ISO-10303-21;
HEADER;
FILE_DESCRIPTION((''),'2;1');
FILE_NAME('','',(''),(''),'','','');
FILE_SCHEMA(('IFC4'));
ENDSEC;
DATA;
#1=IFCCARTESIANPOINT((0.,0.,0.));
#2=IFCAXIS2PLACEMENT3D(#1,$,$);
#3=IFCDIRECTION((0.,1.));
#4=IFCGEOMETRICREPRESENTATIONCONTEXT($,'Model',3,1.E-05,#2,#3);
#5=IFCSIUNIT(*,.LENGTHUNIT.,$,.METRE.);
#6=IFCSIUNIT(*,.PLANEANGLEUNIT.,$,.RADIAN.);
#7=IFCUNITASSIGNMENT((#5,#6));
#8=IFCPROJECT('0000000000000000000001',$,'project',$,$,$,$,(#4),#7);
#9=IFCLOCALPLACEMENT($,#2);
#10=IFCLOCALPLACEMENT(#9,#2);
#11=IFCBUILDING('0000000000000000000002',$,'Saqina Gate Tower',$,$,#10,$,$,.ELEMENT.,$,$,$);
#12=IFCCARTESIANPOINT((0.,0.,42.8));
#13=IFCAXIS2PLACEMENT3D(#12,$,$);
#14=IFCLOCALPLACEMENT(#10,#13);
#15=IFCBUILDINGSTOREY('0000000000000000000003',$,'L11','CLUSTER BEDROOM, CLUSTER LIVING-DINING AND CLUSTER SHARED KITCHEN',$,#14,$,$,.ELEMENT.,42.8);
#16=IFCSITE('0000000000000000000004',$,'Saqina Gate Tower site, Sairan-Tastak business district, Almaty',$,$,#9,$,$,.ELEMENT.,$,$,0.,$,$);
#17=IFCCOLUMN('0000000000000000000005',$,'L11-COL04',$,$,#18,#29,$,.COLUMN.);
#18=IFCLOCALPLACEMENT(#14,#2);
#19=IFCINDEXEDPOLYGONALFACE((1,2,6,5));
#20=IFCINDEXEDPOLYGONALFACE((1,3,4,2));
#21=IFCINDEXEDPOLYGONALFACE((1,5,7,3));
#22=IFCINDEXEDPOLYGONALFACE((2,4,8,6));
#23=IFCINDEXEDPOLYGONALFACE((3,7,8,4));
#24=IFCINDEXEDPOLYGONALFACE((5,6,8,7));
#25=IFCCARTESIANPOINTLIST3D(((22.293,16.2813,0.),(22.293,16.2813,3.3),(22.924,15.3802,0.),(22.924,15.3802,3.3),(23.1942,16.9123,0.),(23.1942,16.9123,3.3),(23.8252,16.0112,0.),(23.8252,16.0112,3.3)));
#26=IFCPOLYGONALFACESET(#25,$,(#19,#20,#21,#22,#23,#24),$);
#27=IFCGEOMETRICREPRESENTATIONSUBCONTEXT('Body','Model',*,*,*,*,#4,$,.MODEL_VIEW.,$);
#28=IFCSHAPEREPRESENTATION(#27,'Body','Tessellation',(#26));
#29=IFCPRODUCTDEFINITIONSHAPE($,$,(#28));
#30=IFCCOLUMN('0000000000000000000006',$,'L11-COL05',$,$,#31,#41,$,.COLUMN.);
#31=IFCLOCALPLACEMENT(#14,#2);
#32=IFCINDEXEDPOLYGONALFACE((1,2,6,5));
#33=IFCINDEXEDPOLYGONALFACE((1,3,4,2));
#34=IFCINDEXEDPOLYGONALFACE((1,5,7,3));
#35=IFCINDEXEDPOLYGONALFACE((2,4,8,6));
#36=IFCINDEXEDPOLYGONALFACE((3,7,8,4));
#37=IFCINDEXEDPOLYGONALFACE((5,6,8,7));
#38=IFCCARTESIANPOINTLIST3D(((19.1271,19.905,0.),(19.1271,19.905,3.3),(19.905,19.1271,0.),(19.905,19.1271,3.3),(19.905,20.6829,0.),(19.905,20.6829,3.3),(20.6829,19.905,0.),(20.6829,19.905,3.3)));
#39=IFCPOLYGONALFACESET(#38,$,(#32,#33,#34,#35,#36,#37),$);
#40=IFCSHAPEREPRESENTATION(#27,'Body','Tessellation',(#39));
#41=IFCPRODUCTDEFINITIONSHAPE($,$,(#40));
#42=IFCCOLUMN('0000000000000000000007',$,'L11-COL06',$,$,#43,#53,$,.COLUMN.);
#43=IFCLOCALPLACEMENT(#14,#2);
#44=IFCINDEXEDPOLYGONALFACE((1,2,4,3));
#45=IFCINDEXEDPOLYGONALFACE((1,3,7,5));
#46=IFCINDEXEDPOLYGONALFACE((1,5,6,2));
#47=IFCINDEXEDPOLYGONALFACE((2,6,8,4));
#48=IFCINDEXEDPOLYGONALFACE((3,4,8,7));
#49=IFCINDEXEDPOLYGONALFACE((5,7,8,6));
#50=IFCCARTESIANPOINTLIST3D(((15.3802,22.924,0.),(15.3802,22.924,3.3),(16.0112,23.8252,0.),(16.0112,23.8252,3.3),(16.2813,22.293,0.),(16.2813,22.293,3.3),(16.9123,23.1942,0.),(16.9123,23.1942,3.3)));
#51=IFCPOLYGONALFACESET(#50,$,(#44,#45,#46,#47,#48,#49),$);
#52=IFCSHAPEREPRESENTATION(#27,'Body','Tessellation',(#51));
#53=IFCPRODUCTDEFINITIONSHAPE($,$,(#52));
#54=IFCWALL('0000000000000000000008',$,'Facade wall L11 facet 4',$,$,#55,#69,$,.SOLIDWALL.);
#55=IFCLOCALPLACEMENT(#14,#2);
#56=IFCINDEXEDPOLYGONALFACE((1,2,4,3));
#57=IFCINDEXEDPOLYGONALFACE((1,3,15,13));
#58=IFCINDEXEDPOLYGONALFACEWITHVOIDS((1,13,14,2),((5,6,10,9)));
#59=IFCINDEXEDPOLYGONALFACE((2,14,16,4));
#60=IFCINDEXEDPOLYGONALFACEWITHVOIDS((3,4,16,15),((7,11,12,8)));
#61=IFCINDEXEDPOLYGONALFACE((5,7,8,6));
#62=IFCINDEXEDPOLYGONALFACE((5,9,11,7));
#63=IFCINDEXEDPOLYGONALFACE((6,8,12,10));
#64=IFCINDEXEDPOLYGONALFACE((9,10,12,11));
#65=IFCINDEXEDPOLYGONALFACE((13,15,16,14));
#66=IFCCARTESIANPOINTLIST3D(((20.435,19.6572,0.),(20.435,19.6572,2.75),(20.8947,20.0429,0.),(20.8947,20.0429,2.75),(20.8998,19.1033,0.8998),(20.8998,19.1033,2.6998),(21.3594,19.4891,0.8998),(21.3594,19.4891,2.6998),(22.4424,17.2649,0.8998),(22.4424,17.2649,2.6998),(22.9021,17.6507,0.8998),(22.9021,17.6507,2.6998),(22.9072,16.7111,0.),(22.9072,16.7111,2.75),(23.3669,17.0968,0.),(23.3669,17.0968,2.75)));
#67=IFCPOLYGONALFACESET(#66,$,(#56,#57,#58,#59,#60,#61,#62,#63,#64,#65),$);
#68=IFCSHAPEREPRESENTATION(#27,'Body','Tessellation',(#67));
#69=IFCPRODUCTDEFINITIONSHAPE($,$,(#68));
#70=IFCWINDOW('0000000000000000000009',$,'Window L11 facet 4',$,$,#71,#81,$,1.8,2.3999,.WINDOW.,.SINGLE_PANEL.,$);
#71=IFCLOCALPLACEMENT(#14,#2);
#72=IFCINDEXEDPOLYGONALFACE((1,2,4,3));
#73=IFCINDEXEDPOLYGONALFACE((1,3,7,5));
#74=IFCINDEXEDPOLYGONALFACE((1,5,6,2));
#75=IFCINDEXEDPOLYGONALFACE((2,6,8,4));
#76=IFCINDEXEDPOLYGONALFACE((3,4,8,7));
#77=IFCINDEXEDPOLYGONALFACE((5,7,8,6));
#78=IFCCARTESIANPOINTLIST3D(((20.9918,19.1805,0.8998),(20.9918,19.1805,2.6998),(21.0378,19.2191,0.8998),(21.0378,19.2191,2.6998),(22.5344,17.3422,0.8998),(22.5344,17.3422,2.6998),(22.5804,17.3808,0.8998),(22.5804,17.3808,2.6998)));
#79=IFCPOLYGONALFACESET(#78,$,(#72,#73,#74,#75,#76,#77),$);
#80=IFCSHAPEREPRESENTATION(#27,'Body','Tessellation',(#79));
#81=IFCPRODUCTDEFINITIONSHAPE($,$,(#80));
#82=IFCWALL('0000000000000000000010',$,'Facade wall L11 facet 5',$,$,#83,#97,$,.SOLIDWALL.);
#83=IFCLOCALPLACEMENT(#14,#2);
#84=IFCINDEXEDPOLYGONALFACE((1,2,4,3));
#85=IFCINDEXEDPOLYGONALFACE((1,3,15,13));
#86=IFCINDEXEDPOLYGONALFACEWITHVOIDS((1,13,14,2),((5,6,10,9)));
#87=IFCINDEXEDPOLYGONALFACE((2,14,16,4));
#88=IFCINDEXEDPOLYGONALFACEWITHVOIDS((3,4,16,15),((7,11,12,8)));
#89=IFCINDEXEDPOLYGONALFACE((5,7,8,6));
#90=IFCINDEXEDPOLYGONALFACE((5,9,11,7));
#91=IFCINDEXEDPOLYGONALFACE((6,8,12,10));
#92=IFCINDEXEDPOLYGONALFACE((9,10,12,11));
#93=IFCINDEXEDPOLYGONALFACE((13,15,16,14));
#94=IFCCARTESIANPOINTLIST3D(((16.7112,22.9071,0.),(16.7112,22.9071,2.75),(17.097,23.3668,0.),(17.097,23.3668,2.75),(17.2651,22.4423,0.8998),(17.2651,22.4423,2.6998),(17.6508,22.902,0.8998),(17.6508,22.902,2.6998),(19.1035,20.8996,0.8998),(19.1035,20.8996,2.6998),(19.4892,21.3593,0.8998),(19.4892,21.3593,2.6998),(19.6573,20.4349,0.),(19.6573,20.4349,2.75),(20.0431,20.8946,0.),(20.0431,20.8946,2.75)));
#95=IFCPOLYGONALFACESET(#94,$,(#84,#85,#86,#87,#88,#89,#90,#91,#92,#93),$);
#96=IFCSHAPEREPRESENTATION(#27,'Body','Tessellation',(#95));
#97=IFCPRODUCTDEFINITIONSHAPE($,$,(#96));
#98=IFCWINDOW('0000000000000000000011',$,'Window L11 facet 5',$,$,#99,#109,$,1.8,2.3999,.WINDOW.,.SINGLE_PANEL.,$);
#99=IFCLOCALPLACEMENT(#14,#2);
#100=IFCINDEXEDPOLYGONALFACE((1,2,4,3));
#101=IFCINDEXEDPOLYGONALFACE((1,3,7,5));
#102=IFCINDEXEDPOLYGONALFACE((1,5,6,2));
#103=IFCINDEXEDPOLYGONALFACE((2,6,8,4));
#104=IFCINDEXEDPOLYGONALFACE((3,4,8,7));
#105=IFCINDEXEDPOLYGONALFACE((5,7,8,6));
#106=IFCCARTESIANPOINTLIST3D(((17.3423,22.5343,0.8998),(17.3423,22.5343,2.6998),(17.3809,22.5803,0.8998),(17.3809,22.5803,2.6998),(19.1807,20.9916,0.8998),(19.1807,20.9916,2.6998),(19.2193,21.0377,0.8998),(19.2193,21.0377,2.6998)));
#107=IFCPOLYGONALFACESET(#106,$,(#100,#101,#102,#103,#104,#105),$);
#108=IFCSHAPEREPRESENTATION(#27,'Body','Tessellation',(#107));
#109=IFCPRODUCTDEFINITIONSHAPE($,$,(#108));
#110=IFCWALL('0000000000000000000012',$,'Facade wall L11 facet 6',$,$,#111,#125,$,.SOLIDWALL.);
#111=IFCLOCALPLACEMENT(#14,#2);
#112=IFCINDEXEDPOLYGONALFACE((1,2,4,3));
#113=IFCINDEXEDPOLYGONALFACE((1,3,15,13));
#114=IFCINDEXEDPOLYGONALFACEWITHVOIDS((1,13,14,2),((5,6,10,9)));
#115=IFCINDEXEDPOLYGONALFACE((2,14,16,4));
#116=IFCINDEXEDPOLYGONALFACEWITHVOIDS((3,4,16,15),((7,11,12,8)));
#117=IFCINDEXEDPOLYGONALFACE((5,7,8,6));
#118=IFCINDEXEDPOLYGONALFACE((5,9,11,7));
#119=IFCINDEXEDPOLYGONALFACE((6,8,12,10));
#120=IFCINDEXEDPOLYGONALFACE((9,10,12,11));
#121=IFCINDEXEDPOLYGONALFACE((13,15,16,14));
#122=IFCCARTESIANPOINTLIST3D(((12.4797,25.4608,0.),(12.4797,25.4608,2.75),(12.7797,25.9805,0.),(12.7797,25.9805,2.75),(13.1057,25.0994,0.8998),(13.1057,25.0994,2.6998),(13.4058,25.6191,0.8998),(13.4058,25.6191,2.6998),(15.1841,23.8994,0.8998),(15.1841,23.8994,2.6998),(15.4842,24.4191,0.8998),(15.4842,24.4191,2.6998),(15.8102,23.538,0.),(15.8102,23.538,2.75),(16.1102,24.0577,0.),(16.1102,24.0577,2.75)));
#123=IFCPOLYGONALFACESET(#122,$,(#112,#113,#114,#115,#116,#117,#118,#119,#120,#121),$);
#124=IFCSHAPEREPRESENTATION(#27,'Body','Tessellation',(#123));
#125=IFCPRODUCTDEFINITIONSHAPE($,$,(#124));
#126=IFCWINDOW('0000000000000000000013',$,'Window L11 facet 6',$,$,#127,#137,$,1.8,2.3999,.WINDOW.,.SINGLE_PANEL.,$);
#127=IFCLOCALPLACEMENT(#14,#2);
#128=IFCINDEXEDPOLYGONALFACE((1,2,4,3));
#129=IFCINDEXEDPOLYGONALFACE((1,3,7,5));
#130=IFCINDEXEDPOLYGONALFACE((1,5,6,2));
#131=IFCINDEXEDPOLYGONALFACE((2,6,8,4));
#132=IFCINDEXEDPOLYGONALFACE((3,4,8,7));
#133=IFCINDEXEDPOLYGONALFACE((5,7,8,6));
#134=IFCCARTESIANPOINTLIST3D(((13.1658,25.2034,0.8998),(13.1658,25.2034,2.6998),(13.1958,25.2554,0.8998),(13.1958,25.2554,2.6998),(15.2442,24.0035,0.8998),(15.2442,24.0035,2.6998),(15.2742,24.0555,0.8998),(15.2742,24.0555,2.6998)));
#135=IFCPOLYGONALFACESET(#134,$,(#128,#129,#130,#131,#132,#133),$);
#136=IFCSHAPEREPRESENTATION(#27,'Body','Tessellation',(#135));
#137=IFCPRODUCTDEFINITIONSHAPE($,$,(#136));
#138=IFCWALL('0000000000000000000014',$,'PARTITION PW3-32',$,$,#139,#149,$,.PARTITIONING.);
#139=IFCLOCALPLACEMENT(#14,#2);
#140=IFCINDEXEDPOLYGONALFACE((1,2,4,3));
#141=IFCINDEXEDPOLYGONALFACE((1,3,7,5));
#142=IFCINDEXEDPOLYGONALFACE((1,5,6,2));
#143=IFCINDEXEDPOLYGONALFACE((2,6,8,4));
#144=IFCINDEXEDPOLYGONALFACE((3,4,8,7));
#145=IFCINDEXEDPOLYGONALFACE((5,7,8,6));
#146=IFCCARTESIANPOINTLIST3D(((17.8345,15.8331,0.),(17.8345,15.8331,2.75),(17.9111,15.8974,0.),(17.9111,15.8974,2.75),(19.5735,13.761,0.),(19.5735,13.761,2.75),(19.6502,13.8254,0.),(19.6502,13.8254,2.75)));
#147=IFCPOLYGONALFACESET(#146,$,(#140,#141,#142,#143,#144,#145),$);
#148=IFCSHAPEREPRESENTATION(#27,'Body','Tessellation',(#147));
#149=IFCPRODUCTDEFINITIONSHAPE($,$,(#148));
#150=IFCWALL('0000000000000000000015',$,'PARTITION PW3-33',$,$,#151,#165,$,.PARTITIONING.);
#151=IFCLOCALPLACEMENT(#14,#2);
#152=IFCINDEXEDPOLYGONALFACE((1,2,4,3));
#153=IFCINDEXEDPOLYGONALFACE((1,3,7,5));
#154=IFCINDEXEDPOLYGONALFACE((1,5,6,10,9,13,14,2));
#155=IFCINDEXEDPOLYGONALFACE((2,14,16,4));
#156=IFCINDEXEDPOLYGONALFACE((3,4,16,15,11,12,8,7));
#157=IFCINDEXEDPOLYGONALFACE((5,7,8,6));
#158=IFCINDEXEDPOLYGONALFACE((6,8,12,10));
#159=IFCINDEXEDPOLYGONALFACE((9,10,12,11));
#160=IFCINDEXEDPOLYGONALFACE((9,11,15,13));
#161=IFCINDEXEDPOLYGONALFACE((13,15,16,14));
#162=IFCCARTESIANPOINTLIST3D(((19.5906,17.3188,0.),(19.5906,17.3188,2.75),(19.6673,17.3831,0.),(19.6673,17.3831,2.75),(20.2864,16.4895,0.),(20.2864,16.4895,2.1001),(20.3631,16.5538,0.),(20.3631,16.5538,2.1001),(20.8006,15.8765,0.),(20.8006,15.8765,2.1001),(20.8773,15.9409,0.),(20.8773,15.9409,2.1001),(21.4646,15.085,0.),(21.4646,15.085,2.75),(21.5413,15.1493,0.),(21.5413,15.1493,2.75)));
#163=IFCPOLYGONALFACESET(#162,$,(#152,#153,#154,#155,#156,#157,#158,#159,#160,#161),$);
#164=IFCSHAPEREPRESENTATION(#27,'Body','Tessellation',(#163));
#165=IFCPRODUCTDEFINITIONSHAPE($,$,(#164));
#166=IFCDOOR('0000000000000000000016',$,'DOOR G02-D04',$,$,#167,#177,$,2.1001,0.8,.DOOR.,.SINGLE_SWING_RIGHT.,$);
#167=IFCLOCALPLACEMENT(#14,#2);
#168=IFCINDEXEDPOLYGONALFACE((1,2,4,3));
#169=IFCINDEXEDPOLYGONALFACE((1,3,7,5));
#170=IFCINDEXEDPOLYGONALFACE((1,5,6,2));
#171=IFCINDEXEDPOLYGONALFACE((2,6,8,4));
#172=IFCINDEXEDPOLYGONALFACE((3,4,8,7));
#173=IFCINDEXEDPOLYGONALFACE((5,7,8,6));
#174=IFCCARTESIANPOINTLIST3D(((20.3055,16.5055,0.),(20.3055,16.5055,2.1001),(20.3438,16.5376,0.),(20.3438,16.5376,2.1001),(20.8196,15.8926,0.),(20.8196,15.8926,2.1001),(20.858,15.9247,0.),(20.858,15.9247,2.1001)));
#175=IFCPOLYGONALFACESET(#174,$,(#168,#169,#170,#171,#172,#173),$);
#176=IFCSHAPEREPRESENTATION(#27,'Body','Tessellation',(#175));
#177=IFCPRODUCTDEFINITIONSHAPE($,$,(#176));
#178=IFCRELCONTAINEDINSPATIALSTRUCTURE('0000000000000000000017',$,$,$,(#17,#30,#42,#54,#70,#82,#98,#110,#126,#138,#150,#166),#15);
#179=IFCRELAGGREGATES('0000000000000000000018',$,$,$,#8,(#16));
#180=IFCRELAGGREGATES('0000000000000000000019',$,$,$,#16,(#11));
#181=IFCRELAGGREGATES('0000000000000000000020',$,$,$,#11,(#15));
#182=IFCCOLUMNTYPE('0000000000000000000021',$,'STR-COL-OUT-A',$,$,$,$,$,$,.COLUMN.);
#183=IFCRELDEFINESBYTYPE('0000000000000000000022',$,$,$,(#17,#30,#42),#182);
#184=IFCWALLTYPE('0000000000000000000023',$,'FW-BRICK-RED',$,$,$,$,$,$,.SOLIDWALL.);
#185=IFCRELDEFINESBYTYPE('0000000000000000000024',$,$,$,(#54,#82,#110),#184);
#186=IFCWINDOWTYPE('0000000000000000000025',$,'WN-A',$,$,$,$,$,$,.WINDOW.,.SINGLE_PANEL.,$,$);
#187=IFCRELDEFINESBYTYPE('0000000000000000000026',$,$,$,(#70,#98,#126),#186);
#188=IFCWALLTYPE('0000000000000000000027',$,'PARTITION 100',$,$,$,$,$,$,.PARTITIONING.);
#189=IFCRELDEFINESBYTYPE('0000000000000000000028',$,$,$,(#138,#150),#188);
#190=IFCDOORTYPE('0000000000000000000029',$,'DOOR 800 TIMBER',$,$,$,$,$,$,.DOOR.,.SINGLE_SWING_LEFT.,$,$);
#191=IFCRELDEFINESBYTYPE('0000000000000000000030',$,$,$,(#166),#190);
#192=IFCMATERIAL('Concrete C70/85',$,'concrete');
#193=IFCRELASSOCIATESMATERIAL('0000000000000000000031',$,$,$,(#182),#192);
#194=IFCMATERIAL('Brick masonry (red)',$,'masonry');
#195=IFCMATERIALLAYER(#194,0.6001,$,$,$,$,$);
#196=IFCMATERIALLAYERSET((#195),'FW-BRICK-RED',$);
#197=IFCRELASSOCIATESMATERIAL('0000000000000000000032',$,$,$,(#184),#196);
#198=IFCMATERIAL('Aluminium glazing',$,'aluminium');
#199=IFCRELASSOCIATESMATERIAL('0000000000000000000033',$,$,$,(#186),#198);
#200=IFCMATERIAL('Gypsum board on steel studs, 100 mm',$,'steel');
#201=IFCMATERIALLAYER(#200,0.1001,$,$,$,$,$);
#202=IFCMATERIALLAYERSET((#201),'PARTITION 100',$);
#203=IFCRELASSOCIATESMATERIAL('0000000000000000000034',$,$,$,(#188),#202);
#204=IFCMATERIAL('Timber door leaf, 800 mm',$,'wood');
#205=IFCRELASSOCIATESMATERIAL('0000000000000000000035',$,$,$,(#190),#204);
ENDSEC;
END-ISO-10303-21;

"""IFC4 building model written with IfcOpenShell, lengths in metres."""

from ifc_helpers import new_model, si_unit, direction, frame, frame_2d, origin, origin_2d, place, context, subcontext, project, spatial, rectangle, extrude, material, layer, layer_set, material_profile, profile_set, type_object, element, fill, save


model = new_model("IFC4")

# Units and contexts
model_context = context("Model", 3, precision=1e-05, world=origin(), true_north=direction((0.0, 1.0)))
body_context = subcontext(model_context, "Body", "Model", "MODEL_VIEW")
ifc_project = project(units=[si_unit("LENGTHUNIT", "METRE"), si_unit("PLANEANGLEUNIT", "RADIAN")], contexts=[model_context])

# Site, building, storey
site_placement = place(None, origin())
site = spatial("IfcSite", under=ifc_project, at=site_placement, Name="Saqina Gate Tower site, Sairan-Tastak business district, Almaty", CompositionType="ELEMENT", RefElevation=0.0)
building_placement = place(site_placement, origin())
building = spatial("IfcBuilding", under=site, at=building_placement, Name="Saqina Gate Tower", CompositionType="ELEMENT")
storey_placement = place(building_placement, frame((0.0, 0.0, 42.8)))
storey = spatial("IfcBuildingStorey", under=building, at=storey_placement, Name="L11", Description="CLUSTER BEDROOM, CLUSTER LIVING-DINING AND CLUSTER SHARED KITCHEN", CompositionType="ELEMENT", Elevation=42.8)

# Columns
ifc_material_1 = material(Name="Concrete C70/85", Category="concrete")
ifc_material_profile = material_profile(ifc_material_1, rectangle(XDim=1.1001, YDim=1.1001, at=origin_2d()), Name="RC 1100x1100")
ifc_profile_set = profile_set([ifc_material_profile], Name="Concrete C70/85")
column_type = type_object("IfcColumnType", Name="STR-COL-OUT-A", PredefinedType="COLUMN", material=ifc_profile_set)
for number, where, z_axis, x_axis, name in (
    (1, (23.0591, 16.1462, 0.0), (0.0, 0.0, 1.0), (0.819152, 0.573576, 0.0), "L11-COL04"),
    (2, (19.905, 19.905, 0.0), (0.0, 0.0, 1.0), (0.707107, 0.707107, 0.0), "L11-COL05"),
    (3, (16.1462, 23.0591, 0.0), (0.0, 0.0, 1.0), (0.573576, 0.819152, 0.0), "L11-COL06"),
):
    element("IfcColumn", number, at=place(storey_placement, frame(where, z_axis=z_axis, x_axis=x_axis)), inside=storey, type_object=column_type, Name=name, PredefinedType="COLUMN", context=body_context, shape_type="SweptSolid", body=[
        extrude(rectangle(XDim=1.1001, YDim=1.1001, at=origin_2d()), origin(), (0.0, 0.0, 1.0), 3.3),
    ])

# Walls, openings, windows
ifc_material_2 = material(Name="Brick masonry (red)", Category="masonry")
ifc_layer_1 = layer(ifc_material_2, 0.6001)
ifc_layer_set_1 = layer_set([ifc_layer_1], Name="FW-BRICK-RED")
wall_type_1 = type_object("IfcWallType", Name="FW-BRICK-RED", PredefinedType="SOLIDWALL", material=ifc_layer_set_1)
wall_1_placement = place(storey_placement, frame((23.137, 16.9041, 0.0), z_axis=(0.0, 0.0, 1.0), x_axis=(-0.642809, 0.766026, 0.0)))
wall_1 = element("IfcWall", 4, at=wall_1_placement, inside=storey, type_object=wall_type_1, Name="Facade wall L11 facet 4", PredefinedType="SOLIDWALL", context=body_context, shape_type="SweptSolid", body=[
    extrude(rectangle(XDim=3.8459, YDim=0.6001, at=frame_2d((1.9229, 0.0))), origin(), (0.0, 0.0, 1.0), 2.75),
])
opening_1_placement = place(wall_1_placement, frame((0.7229, 0.0, 0.8999)))
opening_1 = element("IfcOpeningElement", 5, at=opening_1_placement, cuts=wall_1, PredefinedType="OPENING", context=body_context, shape_type="SweptSolid", body=[
    extrude(rectangle(XDim=2.3999, YDim=1.8, at=frame_2d((1.2, 0.8999))), frame((0.0, 0.312, 0.0), z_axis=(0.0, -1.0, 0.0), x_axis=(1.0, 0.0, 0.0)), (0.0, 0.0, 1.0), 0.624),
])
ifc_material_3 = material(Name="Aluminium glazing", Category="aluminium")
window_type = type_object("IfcWindowType", Name="WN-A", PartitioningType="SINGLE_PANEL", PredefinedType="WINDOW", material=ifc_material_3)
window_1_placement = place(opening_1_placement, origin())
window_1 = element("IfcWindow", 6, at=window_1_placement, inside=storey, type_object=window_type, Name="Window L11 facet 4", OverallHeight=1.8, OverallWidth=2.3999, PartitioningType="SINGLE_PANEL", PredefinedType="WINDOW", context=body_context, shape_type="SweptSolid", body=[
    extrude(rectangle(XDim=2.3999, YDim=1.8, at=frame_2d((1.2, 0.8999))), frame((0.0, 0.1799, 0.0), z_axis=(0.0, -1.0, 0.0), x_axis=(1.0, 0.0, 0.0)), (0.0, 0.0, 1.0), 0.0601),
])
fill(opening_1, window_1)
wall_2_placement = place(storey_placement, frame((19.8501, 20.6648, 0.0), z_axis=(0.0, 0.0, 1.0), x_axis=(-0.766026, 0.642809, 0.0)))
wall_2 = element("IfcWall", 7, at=wall_2_placement, inside=storey, type_object=wall_type_1, Name="Facade wall L11 facet 5", PredefinedType="SOLIDWALL", context=body_context, shape_type="SweptSolid", body=[
    extrude(rectangle(XDim=3.8459, YDim=0.6001, at=frame_2d((1.9229, 0.0))), origin(), (0.0, 0.0, 1.0), 2.75),
])
opening_2_placement = place(wall_2_placement, frame((0.7229, 0.0, 0.8999)))
opening_2 = element("IfcOpeningElement", 8, at=opening_2_placement, cuts=wall_2, PredefinedType="OPENING", context=body_context, shape_type="SweptSolid", body=[
    extrude(rectangle(XDim=2.3999, YDim=1.8, at=frame_2d((1.2, 0.8999))), frame((0.0, 0.312, 0.0), z_axis=(0.0, -1.0, 0.0), x_axis=(1.0, 0.0, 0.0)), (0.0, 0.0, 1.0), 0.624),
])
window_2_placement = place(opening_2_placement, origin())
window_2 = element("IfcWindow", 9, at=window_2_placement, inside=storey, type_object=window_type, Name="Window L11 facet 5", OverallHeight=1.8, OverallWidth=2.3999, PartitioningType="SINGLE_PANEL", PredefinedType="WINDOW", context=body_context, shape_type="SweptSolid", body=[
    extrude(rectangle(XDim=2.3999, YDim=1.8, at=frame_2d((1.2, 0.8999))), frame((0.0, 0.1799, 0.0), z_axis=(0.0, -1.0, 0.0), x_axis=(1.0, 0.0, 0.0)), (0.0, 0.0, 1.0), 0.0601),
])
fill(opening_2, window_2)
wall_3_placement = place(storey_placement, frame((15.9602, 23.7979, 0.0), z_axis=(0.0, 0.0, 1.0), x_axis=(-0.866031, 0.49999, 0.0)))
wall_3 = element("IfcWall", 10, at=wall_3_placement, inside=storey, type_object=wall_type_1, Name="Facade wall L11 facet 6", PredefinedType="SOLIDWALL", context=body_context, shape_type="SweptSolid", body=[
    extrude(rectangle(XDim=3.8457, YDim=0.6001, at=frame_2d((1.9229, 0.0))), origin(), (0.0, 0.0, 1.0), 2.75),
])
opening_3_placement = place(wall_3_placement, frame((0.7229, 0.0, 0.8999)))
opening_3 = element("IfcOpeningElement", 11, at=opening_3_placement, cuts=wall_3, PredefinedType="OPENING", context=body_context, shape_type="SweptSolid", body=[
    extrude(rectangle(XDim=2.3999, YDim=1.8, at=frame_2d((1.2, 0.8999))), frame((0.0, 0.312, 0.0), z_axis=(0.0, -1.0, 0.0), x_axis=(1.0, 0.0, 0.0)), (0.0, 0.0, 1.0), 0.624),
])
window_3_placement = place(opening_3_placement, origin())
window_3 = element("IfcWindow", 12, at=window_3_placement, inside=storey, type_object=window_type, Name="Window L11 facet 6", OverallHeight=1.8, OverallWidth=2.3999, PartitioningType="SINGLE_PANEL", PredefinedType="WINDOW", context=body_context, shape_type="SweptSolid", body=[
    extrude(rectangle(XDim=2.3999, YDim=1.8, at=frame_2d((1.2, 0.8999))), frame((0.0, 0.1799, 0.0), z_axis=(0.0, -1.0, 0.0), x_axis=(1.0, 0.0, 0.0)), (0.0, 0.0, 1.0), 0.0601),
])
fill(opening_3, window_3)

# Wall
ifc_material_4 = material(Name="Gypsum board on steel studs, 100 mm", Category="steel")
ifc_layer_2 = layer(ifc_material_4, 0.1001)
ifc_layer_set_2 = layer_set([ifc_layer_2], Name="PARTITION 100")
wall_type_2 = type_object("IfcWallType", Name="PARTITION 100", PredefinedType="PARTITIONING", material=ifc_layer_set_2)
wall_4_placement = place(storey_placement, frame((17.8728, 15.8652, 0.0), z_axis=(0.0, 0.0, 1.0), x_axis=(0.64287, -0.765975, 0.0)))
element("IfcWall", 13, at=wall_4_placement, inside=storey, type_object=wall_type_2, Name="PARTITION PW3-32", PredefinedType="PARTITIONING", context=body_context, shape_type="SweptSolid", body=[
    extrude(rectangle(XDim=2.7051, YDim=0.1001, at=frame_2d((1.3525, 0.0))), origin(), (0.0, 0.0, 1.0), 2.75),
])

# Wall, opening, door
wall_5_placement = place(storey_placement, frame((19.6289, 17.3511, 0.0), z_axis=(0.0, 0.0, 1.0), x_axis=(0.642701, -0.766117, 0.0)))
wall_5 = element("IfcWall", 14, at=wall_5_placement, inside=storey, type_object=wall_type_2, Name="PARTITION PW3-33", PredefinedType="PARTITIONING", context=body_context, shape_type="SweptSolid", body=[
    extrude(rectangle(XDim=2.9158, YDim=0.1001, at=frame_2d((1.458, 0.0))), origin(), (0.0, 0.0, 1.0), 2.75),
])
opening_4_placement = place(wall_5_placement, frame((1.0828, 0.0, 0.0)))
opening_4 = element("IfcOpeningElement", 15, at=opening_4_placement, cuts=wall_5, PredefinedType="OPENING", context=body_context, shape_type="SweptSolid", body=[
    extrude(rectangle(XDim=0.8, YDim=2.1001, at=frame_2d((0.3999, 1.05))), frame((0.0, 0.062, 0.0), z_axis=(0.0, -1.0, 0.0), x_axis=(1.0, 0.0, 0.0)), (0.0, 0.0, 1.0), 0.124),
])
ifc_material_5 = material(Name="Timber door leaf, 800 mm", Category="wood")
door_type_1 = type_object("IfcDoorType", Name="DOOR 800 TIMBER", OperationType="SINGLE_SWING_LEFT", PredefinedType="DOOR", material=ifc_material_5)
door_1_placement = place(opening_4_placement, origin())
door_1 = element("IfcDoor", 16, at=door_1_placement, inside=storey, type_object=door_type_1, Name="DOOR G02-D04", OperationType="SINGLE_SWING_RIGHT", OverallHeight=2.1001, OverallWidth=0.8, PredefinedType="DOOR", context=body_context, shape_type="SweptSolid", body=[
    extrude(rectangle(XDim=0.8, YDim=2.1001, at=frame_2d((0.3999, 1.05))), frame((0.0, 0.0249, 0.0), z_axis=(0.0, -1.0, 0.0), x_axis=(1.0, 0.0, 0.0)), (0.0, 0.0, 1.0), 0.05),
])
fill(opening_4, door_1)

save(model, "model.ifc")
